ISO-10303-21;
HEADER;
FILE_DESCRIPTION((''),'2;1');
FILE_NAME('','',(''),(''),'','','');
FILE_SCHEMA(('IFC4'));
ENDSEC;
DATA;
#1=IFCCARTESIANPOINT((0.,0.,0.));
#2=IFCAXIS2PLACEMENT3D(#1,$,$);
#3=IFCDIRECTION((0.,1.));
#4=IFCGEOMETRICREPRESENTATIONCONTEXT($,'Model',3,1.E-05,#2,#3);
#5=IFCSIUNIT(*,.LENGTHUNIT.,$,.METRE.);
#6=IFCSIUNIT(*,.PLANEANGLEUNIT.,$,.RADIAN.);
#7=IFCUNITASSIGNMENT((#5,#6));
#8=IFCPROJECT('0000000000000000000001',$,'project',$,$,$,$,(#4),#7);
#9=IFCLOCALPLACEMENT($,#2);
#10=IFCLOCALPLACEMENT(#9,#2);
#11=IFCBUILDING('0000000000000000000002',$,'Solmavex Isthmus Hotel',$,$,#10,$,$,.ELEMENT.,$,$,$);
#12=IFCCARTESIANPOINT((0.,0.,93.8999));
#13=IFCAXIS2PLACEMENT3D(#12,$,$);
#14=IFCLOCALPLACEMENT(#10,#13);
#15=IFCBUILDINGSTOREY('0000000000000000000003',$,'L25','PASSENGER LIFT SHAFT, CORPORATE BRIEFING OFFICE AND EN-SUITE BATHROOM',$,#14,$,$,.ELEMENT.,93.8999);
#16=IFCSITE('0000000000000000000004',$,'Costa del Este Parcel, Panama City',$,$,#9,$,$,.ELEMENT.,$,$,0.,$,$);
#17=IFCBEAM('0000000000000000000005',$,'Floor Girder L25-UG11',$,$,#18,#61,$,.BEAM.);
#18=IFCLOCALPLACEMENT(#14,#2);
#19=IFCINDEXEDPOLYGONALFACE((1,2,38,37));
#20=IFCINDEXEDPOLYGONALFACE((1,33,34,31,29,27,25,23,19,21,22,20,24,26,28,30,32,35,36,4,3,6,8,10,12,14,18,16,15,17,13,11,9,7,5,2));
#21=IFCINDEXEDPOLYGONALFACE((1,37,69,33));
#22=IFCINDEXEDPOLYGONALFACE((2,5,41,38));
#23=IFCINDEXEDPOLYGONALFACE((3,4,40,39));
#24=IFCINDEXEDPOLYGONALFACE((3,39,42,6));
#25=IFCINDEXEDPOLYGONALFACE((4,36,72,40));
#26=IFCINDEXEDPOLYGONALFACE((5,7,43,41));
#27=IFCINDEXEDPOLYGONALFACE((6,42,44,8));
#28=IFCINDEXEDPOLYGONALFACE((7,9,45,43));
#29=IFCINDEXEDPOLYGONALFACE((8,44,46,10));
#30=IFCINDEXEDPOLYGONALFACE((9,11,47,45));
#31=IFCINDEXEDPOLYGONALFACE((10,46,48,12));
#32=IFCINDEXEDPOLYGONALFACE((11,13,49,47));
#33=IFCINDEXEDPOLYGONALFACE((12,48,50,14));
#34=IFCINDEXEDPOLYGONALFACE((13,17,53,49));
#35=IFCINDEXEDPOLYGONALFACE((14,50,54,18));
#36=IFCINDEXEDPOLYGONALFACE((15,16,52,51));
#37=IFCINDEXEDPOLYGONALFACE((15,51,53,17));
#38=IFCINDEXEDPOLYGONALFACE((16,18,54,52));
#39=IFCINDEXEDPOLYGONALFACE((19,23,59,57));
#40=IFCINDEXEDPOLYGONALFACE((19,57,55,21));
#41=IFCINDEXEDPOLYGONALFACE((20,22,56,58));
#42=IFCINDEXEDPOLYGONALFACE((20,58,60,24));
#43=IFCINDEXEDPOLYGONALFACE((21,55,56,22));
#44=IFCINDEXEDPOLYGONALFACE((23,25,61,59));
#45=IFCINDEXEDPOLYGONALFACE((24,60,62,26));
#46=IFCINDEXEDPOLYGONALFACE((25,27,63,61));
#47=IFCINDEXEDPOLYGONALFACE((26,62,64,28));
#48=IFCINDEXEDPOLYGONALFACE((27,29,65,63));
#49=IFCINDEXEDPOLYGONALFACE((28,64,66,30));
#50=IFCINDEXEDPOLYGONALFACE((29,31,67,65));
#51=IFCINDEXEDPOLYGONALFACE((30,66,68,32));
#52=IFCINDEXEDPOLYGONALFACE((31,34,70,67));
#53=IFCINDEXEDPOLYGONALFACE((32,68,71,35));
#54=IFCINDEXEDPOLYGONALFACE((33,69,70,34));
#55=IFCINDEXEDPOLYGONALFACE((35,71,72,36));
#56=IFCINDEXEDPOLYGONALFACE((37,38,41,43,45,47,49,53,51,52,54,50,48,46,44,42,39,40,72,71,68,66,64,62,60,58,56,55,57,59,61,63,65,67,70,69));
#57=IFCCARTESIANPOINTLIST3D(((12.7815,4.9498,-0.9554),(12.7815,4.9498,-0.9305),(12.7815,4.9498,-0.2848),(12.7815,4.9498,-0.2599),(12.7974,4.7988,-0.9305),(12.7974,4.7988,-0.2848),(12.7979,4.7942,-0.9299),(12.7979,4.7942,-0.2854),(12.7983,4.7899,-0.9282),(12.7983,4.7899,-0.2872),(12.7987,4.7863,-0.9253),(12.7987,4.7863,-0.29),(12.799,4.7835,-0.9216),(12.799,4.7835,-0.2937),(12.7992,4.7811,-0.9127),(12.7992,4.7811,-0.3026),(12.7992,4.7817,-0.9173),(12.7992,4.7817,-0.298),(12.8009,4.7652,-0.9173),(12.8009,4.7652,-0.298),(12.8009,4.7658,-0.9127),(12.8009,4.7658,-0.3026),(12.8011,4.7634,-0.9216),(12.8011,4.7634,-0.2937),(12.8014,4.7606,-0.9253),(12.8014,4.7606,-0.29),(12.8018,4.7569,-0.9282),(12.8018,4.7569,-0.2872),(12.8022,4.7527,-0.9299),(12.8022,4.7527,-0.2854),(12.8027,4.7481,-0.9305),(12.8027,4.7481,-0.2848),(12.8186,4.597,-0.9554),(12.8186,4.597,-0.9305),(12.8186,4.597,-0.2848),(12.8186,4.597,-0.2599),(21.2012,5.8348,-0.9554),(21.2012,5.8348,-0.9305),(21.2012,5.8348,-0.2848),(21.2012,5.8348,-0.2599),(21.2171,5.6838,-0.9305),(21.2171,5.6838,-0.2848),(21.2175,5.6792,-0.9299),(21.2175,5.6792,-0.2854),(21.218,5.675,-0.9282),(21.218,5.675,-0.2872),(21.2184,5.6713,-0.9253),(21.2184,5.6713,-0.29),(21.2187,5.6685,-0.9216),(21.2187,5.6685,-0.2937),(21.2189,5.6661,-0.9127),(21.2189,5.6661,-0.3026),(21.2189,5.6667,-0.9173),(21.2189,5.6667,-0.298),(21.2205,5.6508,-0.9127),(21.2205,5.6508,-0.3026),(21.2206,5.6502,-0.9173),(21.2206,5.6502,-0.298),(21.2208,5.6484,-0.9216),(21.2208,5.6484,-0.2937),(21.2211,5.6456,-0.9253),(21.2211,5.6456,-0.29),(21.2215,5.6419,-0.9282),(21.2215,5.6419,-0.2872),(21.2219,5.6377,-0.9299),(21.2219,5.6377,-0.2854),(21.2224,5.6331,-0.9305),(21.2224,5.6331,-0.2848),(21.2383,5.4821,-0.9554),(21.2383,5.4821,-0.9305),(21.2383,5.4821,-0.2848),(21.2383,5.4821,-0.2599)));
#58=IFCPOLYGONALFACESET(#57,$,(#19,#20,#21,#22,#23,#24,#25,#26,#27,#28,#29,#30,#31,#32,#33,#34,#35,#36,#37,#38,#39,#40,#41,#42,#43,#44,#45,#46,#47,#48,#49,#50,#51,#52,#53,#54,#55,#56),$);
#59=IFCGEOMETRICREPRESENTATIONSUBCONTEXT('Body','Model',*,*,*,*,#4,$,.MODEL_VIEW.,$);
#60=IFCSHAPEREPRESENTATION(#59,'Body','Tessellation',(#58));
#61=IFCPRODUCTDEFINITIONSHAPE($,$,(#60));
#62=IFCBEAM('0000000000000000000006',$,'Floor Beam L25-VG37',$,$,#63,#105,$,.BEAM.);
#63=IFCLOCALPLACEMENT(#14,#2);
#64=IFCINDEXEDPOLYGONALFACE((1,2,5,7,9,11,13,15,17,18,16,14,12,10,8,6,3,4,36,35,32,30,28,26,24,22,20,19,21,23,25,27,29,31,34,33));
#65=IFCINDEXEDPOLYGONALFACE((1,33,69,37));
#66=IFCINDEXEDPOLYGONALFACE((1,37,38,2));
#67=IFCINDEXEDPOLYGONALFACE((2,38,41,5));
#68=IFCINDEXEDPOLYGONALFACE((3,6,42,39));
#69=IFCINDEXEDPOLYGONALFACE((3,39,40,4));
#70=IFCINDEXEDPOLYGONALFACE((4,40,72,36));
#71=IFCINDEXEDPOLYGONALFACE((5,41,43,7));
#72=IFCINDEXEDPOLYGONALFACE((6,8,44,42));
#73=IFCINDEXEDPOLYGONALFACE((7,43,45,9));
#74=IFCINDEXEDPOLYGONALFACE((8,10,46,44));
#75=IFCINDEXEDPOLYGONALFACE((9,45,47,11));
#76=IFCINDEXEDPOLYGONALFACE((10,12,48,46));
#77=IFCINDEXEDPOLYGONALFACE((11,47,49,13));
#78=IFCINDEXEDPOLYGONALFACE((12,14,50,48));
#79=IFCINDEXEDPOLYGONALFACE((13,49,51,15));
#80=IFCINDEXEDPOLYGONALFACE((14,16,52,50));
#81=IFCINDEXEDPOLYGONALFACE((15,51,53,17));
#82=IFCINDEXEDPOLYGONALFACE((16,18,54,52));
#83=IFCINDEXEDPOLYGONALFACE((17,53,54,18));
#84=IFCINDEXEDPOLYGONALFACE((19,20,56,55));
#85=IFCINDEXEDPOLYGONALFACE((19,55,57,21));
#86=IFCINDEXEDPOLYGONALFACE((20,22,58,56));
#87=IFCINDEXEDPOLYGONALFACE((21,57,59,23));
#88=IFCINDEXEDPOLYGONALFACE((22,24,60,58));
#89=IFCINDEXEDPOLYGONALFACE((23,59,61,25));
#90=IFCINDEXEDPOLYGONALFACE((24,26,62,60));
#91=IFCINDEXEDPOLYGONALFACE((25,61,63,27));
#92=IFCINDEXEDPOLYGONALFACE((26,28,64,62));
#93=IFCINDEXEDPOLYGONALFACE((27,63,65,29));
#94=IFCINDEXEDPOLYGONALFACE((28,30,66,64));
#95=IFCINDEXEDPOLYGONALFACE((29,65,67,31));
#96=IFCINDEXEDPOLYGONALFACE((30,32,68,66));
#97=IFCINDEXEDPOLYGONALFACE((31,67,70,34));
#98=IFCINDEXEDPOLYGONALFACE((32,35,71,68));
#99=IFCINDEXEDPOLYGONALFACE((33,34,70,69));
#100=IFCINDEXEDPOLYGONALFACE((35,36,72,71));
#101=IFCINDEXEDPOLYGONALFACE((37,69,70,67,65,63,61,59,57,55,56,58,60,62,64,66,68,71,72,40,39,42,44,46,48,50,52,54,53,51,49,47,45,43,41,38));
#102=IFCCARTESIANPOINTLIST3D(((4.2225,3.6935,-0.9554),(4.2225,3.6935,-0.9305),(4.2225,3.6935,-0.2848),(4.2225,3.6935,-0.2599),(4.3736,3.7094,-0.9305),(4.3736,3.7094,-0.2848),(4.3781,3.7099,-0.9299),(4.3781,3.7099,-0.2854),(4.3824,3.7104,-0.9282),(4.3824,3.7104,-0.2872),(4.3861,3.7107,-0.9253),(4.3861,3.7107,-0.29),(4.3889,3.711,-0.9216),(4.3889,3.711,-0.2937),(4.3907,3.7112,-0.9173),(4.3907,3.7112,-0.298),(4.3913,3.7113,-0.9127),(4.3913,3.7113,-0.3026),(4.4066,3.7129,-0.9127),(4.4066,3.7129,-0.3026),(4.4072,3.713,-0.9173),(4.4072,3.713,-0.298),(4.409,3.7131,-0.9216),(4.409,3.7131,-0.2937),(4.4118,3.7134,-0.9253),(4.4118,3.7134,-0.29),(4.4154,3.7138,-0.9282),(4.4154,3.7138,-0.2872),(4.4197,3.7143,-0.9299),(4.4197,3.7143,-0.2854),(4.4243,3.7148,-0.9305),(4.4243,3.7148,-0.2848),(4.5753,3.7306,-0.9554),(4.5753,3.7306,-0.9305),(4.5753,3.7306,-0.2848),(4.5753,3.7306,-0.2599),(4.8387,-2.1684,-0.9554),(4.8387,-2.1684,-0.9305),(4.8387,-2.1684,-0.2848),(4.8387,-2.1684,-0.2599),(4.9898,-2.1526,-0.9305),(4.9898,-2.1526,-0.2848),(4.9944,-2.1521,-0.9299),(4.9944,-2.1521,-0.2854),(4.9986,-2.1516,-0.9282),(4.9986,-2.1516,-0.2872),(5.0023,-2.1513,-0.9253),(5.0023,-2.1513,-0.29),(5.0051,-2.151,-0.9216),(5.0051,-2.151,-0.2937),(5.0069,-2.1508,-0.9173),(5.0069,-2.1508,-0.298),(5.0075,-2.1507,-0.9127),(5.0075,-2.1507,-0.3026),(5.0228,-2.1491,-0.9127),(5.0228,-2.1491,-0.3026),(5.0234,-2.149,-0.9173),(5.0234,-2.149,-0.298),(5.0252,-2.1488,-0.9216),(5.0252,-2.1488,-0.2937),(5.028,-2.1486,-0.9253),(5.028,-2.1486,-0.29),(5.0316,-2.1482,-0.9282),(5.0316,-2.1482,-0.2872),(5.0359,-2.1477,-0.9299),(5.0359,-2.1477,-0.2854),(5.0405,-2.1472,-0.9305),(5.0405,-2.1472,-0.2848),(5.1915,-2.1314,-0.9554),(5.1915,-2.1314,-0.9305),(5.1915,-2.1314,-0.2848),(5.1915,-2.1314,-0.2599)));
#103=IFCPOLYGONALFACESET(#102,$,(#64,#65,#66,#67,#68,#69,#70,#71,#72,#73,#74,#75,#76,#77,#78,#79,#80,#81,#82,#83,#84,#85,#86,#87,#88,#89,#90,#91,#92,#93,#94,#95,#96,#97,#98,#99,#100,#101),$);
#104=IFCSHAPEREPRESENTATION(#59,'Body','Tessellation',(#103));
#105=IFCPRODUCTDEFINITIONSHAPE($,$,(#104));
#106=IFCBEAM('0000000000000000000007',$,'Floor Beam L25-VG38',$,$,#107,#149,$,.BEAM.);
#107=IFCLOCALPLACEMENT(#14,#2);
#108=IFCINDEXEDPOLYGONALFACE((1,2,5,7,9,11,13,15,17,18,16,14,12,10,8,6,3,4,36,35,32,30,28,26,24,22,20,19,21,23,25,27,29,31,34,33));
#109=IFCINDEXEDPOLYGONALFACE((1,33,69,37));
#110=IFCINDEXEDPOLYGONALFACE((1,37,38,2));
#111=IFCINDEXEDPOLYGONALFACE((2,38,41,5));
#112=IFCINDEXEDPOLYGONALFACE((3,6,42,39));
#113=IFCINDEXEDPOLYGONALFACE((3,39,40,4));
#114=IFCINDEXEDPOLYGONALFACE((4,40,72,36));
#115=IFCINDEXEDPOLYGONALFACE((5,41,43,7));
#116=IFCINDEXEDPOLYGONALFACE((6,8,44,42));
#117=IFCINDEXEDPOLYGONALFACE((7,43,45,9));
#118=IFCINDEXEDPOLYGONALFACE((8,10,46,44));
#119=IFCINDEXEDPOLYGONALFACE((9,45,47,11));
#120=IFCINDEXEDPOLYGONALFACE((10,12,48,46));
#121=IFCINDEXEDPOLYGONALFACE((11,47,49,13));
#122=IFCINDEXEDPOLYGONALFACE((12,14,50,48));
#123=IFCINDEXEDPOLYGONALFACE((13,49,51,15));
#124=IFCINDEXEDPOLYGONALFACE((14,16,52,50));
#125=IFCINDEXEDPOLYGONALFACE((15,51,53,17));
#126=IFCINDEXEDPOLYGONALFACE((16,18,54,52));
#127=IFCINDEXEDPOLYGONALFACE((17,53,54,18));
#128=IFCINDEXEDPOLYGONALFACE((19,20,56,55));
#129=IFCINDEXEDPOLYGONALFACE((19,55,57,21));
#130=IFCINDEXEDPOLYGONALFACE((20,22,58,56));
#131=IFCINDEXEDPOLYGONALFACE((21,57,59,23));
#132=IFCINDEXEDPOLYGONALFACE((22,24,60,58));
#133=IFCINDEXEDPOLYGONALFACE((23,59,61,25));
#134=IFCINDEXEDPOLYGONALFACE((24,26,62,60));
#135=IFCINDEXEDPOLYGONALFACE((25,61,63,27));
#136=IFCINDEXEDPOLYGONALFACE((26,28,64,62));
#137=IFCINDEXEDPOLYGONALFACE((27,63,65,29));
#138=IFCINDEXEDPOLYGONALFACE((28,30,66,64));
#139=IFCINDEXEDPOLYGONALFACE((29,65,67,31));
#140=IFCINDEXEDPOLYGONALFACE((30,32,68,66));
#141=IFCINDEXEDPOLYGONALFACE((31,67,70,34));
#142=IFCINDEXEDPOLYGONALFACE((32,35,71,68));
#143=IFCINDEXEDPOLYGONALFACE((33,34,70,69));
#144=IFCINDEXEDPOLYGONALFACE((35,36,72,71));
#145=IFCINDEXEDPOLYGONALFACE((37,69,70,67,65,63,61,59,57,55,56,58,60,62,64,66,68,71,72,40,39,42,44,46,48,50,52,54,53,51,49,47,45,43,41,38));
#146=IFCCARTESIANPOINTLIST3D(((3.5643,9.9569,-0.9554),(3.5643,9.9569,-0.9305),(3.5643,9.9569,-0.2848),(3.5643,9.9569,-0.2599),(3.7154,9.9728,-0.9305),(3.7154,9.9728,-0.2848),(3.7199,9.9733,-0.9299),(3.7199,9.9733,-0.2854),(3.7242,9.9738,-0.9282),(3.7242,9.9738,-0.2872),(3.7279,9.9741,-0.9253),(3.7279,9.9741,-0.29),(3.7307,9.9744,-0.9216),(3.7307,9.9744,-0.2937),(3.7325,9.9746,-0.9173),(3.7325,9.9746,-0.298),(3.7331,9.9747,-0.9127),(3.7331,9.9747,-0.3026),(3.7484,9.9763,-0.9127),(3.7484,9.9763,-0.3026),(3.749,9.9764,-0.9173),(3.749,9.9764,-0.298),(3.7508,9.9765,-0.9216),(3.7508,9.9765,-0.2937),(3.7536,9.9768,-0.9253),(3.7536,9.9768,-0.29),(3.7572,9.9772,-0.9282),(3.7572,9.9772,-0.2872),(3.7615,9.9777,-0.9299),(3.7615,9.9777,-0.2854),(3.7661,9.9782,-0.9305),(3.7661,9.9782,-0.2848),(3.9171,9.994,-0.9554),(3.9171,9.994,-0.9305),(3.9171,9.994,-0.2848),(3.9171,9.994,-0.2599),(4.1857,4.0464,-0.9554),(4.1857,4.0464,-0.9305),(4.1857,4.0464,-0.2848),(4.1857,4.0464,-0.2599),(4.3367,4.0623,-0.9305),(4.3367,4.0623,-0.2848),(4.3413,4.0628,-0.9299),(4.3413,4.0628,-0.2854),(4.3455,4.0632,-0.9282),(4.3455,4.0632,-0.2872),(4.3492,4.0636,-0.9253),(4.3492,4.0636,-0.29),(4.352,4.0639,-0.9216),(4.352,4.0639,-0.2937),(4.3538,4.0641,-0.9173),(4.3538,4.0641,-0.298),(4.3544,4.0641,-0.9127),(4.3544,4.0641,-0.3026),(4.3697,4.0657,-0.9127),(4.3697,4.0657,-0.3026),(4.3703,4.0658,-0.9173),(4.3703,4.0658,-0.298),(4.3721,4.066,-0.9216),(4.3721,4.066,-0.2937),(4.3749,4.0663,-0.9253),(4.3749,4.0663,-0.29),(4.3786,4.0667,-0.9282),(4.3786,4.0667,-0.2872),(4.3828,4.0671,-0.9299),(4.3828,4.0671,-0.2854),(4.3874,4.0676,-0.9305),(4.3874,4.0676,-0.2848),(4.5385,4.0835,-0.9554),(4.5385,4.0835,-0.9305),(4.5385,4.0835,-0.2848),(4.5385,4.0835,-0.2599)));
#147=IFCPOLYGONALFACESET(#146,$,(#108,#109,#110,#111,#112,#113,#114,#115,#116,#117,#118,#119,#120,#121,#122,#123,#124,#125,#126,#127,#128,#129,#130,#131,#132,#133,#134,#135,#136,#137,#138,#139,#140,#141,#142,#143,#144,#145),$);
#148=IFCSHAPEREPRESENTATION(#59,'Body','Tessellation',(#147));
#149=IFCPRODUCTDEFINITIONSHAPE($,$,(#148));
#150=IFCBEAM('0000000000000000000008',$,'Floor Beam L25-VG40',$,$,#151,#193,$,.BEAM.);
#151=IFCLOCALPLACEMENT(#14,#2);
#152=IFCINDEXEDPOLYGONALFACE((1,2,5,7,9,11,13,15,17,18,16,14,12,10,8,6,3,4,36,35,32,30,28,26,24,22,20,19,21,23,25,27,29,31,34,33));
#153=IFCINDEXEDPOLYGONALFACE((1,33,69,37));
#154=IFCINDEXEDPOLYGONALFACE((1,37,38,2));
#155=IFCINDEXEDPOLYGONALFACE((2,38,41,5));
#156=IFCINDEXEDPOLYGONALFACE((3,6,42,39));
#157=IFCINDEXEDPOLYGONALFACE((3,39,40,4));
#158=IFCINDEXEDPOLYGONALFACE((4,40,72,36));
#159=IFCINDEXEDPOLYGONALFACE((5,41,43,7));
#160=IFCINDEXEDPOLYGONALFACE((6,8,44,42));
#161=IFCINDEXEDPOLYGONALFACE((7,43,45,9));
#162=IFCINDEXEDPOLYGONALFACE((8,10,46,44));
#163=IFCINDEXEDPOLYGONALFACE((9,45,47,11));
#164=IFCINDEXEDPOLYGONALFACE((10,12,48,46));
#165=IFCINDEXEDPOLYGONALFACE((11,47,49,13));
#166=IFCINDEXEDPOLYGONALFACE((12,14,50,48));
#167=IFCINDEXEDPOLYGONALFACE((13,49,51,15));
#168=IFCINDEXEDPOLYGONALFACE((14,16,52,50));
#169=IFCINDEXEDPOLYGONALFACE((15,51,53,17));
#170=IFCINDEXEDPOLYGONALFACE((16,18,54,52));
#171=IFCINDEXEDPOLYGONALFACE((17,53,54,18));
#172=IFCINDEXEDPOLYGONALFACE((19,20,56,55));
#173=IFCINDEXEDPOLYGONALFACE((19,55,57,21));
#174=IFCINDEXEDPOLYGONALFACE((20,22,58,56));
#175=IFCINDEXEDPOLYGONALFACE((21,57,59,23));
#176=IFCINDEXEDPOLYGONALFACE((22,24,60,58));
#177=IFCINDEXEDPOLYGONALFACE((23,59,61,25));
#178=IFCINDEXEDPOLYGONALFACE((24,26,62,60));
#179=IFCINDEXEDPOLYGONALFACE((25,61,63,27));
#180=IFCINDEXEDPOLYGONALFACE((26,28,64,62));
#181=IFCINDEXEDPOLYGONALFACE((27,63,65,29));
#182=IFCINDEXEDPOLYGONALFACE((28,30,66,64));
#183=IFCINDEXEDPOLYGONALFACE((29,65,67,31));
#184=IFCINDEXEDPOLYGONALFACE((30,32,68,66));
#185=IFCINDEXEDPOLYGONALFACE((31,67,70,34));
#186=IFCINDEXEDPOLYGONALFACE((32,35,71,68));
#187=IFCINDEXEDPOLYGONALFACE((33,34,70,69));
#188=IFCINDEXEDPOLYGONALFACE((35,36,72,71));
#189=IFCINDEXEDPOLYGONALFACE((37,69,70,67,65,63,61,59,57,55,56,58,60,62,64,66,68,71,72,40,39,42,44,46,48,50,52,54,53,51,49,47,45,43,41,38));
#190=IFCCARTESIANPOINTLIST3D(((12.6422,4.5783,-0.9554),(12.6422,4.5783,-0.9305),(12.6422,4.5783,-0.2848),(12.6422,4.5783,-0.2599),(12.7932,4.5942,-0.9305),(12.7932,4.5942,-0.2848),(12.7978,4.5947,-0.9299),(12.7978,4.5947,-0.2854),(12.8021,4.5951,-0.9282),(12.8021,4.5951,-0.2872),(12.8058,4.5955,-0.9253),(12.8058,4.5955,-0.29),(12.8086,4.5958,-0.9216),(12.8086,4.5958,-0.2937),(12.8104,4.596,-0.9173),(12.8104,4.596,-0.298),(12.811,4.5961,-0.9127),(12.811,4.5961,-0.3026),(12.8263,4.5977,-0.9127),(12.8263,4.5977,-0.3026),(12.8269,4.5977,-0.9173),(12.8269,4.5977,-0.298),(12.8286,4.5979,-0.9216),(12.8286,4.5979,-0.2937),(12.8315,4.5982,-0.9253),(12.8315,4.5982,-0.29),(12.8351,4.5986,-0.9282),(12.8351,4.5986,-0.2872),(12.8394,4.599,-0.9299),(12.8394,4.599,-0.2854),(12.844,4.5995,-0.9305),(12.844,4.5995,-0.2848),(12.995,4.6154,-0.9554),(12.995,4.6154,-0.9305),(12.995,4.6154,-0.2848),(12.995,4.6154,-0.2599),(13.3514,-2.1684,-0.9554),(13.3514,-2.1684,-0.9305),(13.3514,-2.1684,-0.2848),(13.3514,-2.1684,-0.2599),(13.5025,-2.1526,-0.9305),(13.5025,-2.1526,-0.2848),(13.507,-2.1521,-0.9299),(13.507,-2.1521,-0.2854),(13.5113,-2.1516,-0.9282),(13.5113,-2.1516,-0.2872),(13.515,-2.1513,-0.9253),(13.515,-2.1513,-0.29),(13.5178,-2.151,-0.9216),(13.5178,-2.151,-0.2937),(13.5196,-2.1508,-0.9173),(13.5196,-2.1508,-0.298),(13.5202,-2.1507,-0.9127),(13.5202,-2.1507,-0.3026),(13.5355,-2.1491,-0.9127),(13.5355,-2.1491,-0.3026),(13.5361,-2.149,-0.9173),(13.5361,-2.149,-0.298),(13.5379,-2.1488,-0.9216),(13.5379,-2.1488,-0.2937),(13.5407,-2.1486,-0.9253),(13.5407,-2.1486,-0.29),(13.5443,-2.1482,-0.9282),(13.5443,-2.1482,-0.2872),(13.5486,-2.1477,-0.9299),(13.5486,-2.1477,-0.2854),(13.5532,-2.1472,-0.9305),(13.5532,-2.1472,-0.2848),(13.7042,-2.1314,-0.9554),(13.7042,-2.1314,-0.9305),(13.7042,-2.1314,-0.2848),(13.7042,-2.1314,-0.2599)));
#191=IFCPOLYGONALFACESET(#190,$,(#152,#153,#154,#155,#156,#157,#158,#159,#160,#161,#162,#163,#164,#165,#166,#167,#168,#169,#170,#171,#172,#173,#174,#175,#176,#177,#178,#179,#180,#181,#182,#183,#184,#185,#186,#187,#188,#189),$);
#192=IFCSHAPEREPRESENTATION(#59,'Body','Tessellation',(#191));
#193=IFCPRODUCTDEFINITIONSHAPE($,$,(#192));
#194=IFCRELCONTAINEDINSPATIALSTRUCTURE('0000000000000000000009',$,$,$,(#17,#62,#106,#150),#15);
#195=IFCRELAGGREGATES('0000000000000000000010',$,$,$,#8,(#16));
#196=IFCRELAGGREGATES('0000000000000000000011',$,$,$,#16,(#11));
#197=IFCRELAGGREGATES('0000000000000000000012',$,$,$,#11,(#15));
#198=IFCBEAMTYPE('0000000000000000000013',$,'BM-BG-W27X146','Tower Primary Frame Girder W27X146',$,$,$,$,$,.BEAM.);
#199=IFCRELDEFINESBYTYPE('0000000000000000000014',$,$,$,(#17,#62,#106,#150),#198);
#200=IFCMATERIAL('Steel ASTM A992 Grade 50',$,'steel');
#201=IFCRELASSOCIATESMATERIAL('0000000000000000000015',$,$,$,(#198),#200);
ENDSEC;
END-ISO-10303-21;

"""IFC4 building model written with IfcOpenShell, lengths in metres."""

from ifc_helpers import new_model, si_unit, direction, frame, origin, origin_2d, place, context, subcontext, project, spatial, i_section, extrude, material, material_profile, profile_set, type_object, element, save


model = new_model("IFC4")

# Units and contexts
model_context = context("Model", 3, precision=1e-05, world=origin(), true_north=direction((0.0, 1.0)))
body_context = subcontext(model_context, "Body", "Model", "MODEL_VIEW")
ifc_project = project(units=[si_unit("LENGTHUNIT", "METRE"), si_unit("PLANEANGLEUNIT", "RADIAN")], contexts=[model_context])

# Site, building, storey
site_placement = place(None, origin())
site = spatial("IfcSite", under=ifc_project, at=site_placement, Name="Costa del Este Parcel, Panama City", CompositionType="ELEMENT", RefElevation=0.0)
building_placement = place(site_placement, origin())
building = spatial("IfcBuilding", under=site, at=building_placement, Name="Solmavex Isthmus Hotel", CompositionType="ELEMENT")
storey_placement = place(building_placement, frame((0.0, 0.0, 93.8999)))
storey = spatial("IfcBuildingStorey", under=building, at=storey_placement, Name="L25", Description="PASSENGER LIFT SHAFT, CORPORATE BRIEFING OFFICE AND EN-SUITE BATHROOM", CompositionType="ELEMENT", Elevation=93.8999)

# Beams
ifc_material_1 = material(Name="Steel ASTM A992 Grade 50", Category="steel")
ifc_material_profile_1 = material_profile(ifc_material_1, i_section(OverallWidth=0.3547, OverallDepth=0.6956, WebThickness=0.0154, FlangeThickness=0.0249, FilletRadius=0.0178, at=origin_2d()), Name="W27X146")
ifc_profile_set_1 = profile_set([ifc_material_profile_1], Name="Steel ASTM A992 Grade 50")
beam_type_1 = type_object("IfcBeamType", Name="BM-BG-W27X146", Description="Tower Primary Frame Girder W27X146", PredefinedType="BEAM", material=ifc_profile_set_1)
for number, where, z_axis, x_axis, name in (
    (1, (12.8, 4.7734, -0.6077), (0.994521, 0.104536, 0.0), (-0.104536, 0.994521, 0.0), "Floor Girder L25-UG11"),
):
    element("IfcBeam", number, at=place(storey_placement, frame(where, z_axis=z_axis, x_axis=x_axis)), inside=storey, type_object=beam_type_1, Name=name, PredefinedType="BEAM", context=body_context, shape_type="SweptSolid", body=[
        extrude(i_section(OverallWidth=0.3547, OverallDepth=0.6956, WebThickness=0.0154, FlangeThickness=0.0249, FilletRadius=0.0178, at=origin_2d()), origin(), (0.0, 0.0, 1.0), 8.4661),
    ])
beam_1_placement = place(storey_placement, frame((5.0151, -2.1499, -0.6077), z_axis=(-0.104542, 0.99452, 0.0), x_axis=(-0.99452, -0.104542, 0.0)))
element("IfcBeam", 2, at=beam_1_placement, inside=storey, type_object=beam_type_1, Name="Floor Beam L25-VG37", PredefinedType="BEAM", context=body_context, shape_type="SweptSolid", body=[
    extrude(i_section(OverallWidth=0.3547, OverallDepth=0.6956, WebThickness=0.0154, FlangeThickness=0.0249, FilletRadius=0.0178, at=origin_2d()), origin(), (0.0, 0.0, 1.0), 5.8943),
])
beam_2_placement = place(storey_placement, frame((4.3621, 4.0649, -0.6077), z_axis=(-0.104546, 0.99452, 0.0), x_axis=(-0.99452, -0.104546, 0.0)))
element("IfcBeam", 3, at=beam_2_placement, inside=storey, type_object=beam_type_1, Name="Floor Beam L25-VG38", PredefinedType="BEAM", context=body_context, shape_type="SweptSolid", body=[
    extrude(i_section(OverallWidth=0.3547, OverallDepth=0.6956, WebThickness=0.0154, FlangeThickness=0.0249, FilletRadius=0.0178, at=origin_2d()), origin(), (0.0, 0.0, 1.0), 5.9431),
])
beam_3_placement = place(storey_placement, frame((13.5278, -2.1499, -0.6077), z_axis=(-0.104544, 0.99452, 0.0), x_axis=(-0.99452, -0.104544, 0.0)))
element("IfcBeam", 4, at=beam_3_placement, inside=storey, type_object=beam_type_1, Name="Floor Beam L25-VG40", PredefinedType="BEAM", context=body_context, shape_type="SweptSolid", body=[
    extrude(i_section(OverallWidth=0.3547, OverallDepth=0.6956, WebThickness=0.0154, FlangeThickness=0.0249, FilletRadius=0.0178, at=origin_2d()), origin(), (0.0, 0.0, 1.0), 6.7839),
])

save(model, "model.ifc")
